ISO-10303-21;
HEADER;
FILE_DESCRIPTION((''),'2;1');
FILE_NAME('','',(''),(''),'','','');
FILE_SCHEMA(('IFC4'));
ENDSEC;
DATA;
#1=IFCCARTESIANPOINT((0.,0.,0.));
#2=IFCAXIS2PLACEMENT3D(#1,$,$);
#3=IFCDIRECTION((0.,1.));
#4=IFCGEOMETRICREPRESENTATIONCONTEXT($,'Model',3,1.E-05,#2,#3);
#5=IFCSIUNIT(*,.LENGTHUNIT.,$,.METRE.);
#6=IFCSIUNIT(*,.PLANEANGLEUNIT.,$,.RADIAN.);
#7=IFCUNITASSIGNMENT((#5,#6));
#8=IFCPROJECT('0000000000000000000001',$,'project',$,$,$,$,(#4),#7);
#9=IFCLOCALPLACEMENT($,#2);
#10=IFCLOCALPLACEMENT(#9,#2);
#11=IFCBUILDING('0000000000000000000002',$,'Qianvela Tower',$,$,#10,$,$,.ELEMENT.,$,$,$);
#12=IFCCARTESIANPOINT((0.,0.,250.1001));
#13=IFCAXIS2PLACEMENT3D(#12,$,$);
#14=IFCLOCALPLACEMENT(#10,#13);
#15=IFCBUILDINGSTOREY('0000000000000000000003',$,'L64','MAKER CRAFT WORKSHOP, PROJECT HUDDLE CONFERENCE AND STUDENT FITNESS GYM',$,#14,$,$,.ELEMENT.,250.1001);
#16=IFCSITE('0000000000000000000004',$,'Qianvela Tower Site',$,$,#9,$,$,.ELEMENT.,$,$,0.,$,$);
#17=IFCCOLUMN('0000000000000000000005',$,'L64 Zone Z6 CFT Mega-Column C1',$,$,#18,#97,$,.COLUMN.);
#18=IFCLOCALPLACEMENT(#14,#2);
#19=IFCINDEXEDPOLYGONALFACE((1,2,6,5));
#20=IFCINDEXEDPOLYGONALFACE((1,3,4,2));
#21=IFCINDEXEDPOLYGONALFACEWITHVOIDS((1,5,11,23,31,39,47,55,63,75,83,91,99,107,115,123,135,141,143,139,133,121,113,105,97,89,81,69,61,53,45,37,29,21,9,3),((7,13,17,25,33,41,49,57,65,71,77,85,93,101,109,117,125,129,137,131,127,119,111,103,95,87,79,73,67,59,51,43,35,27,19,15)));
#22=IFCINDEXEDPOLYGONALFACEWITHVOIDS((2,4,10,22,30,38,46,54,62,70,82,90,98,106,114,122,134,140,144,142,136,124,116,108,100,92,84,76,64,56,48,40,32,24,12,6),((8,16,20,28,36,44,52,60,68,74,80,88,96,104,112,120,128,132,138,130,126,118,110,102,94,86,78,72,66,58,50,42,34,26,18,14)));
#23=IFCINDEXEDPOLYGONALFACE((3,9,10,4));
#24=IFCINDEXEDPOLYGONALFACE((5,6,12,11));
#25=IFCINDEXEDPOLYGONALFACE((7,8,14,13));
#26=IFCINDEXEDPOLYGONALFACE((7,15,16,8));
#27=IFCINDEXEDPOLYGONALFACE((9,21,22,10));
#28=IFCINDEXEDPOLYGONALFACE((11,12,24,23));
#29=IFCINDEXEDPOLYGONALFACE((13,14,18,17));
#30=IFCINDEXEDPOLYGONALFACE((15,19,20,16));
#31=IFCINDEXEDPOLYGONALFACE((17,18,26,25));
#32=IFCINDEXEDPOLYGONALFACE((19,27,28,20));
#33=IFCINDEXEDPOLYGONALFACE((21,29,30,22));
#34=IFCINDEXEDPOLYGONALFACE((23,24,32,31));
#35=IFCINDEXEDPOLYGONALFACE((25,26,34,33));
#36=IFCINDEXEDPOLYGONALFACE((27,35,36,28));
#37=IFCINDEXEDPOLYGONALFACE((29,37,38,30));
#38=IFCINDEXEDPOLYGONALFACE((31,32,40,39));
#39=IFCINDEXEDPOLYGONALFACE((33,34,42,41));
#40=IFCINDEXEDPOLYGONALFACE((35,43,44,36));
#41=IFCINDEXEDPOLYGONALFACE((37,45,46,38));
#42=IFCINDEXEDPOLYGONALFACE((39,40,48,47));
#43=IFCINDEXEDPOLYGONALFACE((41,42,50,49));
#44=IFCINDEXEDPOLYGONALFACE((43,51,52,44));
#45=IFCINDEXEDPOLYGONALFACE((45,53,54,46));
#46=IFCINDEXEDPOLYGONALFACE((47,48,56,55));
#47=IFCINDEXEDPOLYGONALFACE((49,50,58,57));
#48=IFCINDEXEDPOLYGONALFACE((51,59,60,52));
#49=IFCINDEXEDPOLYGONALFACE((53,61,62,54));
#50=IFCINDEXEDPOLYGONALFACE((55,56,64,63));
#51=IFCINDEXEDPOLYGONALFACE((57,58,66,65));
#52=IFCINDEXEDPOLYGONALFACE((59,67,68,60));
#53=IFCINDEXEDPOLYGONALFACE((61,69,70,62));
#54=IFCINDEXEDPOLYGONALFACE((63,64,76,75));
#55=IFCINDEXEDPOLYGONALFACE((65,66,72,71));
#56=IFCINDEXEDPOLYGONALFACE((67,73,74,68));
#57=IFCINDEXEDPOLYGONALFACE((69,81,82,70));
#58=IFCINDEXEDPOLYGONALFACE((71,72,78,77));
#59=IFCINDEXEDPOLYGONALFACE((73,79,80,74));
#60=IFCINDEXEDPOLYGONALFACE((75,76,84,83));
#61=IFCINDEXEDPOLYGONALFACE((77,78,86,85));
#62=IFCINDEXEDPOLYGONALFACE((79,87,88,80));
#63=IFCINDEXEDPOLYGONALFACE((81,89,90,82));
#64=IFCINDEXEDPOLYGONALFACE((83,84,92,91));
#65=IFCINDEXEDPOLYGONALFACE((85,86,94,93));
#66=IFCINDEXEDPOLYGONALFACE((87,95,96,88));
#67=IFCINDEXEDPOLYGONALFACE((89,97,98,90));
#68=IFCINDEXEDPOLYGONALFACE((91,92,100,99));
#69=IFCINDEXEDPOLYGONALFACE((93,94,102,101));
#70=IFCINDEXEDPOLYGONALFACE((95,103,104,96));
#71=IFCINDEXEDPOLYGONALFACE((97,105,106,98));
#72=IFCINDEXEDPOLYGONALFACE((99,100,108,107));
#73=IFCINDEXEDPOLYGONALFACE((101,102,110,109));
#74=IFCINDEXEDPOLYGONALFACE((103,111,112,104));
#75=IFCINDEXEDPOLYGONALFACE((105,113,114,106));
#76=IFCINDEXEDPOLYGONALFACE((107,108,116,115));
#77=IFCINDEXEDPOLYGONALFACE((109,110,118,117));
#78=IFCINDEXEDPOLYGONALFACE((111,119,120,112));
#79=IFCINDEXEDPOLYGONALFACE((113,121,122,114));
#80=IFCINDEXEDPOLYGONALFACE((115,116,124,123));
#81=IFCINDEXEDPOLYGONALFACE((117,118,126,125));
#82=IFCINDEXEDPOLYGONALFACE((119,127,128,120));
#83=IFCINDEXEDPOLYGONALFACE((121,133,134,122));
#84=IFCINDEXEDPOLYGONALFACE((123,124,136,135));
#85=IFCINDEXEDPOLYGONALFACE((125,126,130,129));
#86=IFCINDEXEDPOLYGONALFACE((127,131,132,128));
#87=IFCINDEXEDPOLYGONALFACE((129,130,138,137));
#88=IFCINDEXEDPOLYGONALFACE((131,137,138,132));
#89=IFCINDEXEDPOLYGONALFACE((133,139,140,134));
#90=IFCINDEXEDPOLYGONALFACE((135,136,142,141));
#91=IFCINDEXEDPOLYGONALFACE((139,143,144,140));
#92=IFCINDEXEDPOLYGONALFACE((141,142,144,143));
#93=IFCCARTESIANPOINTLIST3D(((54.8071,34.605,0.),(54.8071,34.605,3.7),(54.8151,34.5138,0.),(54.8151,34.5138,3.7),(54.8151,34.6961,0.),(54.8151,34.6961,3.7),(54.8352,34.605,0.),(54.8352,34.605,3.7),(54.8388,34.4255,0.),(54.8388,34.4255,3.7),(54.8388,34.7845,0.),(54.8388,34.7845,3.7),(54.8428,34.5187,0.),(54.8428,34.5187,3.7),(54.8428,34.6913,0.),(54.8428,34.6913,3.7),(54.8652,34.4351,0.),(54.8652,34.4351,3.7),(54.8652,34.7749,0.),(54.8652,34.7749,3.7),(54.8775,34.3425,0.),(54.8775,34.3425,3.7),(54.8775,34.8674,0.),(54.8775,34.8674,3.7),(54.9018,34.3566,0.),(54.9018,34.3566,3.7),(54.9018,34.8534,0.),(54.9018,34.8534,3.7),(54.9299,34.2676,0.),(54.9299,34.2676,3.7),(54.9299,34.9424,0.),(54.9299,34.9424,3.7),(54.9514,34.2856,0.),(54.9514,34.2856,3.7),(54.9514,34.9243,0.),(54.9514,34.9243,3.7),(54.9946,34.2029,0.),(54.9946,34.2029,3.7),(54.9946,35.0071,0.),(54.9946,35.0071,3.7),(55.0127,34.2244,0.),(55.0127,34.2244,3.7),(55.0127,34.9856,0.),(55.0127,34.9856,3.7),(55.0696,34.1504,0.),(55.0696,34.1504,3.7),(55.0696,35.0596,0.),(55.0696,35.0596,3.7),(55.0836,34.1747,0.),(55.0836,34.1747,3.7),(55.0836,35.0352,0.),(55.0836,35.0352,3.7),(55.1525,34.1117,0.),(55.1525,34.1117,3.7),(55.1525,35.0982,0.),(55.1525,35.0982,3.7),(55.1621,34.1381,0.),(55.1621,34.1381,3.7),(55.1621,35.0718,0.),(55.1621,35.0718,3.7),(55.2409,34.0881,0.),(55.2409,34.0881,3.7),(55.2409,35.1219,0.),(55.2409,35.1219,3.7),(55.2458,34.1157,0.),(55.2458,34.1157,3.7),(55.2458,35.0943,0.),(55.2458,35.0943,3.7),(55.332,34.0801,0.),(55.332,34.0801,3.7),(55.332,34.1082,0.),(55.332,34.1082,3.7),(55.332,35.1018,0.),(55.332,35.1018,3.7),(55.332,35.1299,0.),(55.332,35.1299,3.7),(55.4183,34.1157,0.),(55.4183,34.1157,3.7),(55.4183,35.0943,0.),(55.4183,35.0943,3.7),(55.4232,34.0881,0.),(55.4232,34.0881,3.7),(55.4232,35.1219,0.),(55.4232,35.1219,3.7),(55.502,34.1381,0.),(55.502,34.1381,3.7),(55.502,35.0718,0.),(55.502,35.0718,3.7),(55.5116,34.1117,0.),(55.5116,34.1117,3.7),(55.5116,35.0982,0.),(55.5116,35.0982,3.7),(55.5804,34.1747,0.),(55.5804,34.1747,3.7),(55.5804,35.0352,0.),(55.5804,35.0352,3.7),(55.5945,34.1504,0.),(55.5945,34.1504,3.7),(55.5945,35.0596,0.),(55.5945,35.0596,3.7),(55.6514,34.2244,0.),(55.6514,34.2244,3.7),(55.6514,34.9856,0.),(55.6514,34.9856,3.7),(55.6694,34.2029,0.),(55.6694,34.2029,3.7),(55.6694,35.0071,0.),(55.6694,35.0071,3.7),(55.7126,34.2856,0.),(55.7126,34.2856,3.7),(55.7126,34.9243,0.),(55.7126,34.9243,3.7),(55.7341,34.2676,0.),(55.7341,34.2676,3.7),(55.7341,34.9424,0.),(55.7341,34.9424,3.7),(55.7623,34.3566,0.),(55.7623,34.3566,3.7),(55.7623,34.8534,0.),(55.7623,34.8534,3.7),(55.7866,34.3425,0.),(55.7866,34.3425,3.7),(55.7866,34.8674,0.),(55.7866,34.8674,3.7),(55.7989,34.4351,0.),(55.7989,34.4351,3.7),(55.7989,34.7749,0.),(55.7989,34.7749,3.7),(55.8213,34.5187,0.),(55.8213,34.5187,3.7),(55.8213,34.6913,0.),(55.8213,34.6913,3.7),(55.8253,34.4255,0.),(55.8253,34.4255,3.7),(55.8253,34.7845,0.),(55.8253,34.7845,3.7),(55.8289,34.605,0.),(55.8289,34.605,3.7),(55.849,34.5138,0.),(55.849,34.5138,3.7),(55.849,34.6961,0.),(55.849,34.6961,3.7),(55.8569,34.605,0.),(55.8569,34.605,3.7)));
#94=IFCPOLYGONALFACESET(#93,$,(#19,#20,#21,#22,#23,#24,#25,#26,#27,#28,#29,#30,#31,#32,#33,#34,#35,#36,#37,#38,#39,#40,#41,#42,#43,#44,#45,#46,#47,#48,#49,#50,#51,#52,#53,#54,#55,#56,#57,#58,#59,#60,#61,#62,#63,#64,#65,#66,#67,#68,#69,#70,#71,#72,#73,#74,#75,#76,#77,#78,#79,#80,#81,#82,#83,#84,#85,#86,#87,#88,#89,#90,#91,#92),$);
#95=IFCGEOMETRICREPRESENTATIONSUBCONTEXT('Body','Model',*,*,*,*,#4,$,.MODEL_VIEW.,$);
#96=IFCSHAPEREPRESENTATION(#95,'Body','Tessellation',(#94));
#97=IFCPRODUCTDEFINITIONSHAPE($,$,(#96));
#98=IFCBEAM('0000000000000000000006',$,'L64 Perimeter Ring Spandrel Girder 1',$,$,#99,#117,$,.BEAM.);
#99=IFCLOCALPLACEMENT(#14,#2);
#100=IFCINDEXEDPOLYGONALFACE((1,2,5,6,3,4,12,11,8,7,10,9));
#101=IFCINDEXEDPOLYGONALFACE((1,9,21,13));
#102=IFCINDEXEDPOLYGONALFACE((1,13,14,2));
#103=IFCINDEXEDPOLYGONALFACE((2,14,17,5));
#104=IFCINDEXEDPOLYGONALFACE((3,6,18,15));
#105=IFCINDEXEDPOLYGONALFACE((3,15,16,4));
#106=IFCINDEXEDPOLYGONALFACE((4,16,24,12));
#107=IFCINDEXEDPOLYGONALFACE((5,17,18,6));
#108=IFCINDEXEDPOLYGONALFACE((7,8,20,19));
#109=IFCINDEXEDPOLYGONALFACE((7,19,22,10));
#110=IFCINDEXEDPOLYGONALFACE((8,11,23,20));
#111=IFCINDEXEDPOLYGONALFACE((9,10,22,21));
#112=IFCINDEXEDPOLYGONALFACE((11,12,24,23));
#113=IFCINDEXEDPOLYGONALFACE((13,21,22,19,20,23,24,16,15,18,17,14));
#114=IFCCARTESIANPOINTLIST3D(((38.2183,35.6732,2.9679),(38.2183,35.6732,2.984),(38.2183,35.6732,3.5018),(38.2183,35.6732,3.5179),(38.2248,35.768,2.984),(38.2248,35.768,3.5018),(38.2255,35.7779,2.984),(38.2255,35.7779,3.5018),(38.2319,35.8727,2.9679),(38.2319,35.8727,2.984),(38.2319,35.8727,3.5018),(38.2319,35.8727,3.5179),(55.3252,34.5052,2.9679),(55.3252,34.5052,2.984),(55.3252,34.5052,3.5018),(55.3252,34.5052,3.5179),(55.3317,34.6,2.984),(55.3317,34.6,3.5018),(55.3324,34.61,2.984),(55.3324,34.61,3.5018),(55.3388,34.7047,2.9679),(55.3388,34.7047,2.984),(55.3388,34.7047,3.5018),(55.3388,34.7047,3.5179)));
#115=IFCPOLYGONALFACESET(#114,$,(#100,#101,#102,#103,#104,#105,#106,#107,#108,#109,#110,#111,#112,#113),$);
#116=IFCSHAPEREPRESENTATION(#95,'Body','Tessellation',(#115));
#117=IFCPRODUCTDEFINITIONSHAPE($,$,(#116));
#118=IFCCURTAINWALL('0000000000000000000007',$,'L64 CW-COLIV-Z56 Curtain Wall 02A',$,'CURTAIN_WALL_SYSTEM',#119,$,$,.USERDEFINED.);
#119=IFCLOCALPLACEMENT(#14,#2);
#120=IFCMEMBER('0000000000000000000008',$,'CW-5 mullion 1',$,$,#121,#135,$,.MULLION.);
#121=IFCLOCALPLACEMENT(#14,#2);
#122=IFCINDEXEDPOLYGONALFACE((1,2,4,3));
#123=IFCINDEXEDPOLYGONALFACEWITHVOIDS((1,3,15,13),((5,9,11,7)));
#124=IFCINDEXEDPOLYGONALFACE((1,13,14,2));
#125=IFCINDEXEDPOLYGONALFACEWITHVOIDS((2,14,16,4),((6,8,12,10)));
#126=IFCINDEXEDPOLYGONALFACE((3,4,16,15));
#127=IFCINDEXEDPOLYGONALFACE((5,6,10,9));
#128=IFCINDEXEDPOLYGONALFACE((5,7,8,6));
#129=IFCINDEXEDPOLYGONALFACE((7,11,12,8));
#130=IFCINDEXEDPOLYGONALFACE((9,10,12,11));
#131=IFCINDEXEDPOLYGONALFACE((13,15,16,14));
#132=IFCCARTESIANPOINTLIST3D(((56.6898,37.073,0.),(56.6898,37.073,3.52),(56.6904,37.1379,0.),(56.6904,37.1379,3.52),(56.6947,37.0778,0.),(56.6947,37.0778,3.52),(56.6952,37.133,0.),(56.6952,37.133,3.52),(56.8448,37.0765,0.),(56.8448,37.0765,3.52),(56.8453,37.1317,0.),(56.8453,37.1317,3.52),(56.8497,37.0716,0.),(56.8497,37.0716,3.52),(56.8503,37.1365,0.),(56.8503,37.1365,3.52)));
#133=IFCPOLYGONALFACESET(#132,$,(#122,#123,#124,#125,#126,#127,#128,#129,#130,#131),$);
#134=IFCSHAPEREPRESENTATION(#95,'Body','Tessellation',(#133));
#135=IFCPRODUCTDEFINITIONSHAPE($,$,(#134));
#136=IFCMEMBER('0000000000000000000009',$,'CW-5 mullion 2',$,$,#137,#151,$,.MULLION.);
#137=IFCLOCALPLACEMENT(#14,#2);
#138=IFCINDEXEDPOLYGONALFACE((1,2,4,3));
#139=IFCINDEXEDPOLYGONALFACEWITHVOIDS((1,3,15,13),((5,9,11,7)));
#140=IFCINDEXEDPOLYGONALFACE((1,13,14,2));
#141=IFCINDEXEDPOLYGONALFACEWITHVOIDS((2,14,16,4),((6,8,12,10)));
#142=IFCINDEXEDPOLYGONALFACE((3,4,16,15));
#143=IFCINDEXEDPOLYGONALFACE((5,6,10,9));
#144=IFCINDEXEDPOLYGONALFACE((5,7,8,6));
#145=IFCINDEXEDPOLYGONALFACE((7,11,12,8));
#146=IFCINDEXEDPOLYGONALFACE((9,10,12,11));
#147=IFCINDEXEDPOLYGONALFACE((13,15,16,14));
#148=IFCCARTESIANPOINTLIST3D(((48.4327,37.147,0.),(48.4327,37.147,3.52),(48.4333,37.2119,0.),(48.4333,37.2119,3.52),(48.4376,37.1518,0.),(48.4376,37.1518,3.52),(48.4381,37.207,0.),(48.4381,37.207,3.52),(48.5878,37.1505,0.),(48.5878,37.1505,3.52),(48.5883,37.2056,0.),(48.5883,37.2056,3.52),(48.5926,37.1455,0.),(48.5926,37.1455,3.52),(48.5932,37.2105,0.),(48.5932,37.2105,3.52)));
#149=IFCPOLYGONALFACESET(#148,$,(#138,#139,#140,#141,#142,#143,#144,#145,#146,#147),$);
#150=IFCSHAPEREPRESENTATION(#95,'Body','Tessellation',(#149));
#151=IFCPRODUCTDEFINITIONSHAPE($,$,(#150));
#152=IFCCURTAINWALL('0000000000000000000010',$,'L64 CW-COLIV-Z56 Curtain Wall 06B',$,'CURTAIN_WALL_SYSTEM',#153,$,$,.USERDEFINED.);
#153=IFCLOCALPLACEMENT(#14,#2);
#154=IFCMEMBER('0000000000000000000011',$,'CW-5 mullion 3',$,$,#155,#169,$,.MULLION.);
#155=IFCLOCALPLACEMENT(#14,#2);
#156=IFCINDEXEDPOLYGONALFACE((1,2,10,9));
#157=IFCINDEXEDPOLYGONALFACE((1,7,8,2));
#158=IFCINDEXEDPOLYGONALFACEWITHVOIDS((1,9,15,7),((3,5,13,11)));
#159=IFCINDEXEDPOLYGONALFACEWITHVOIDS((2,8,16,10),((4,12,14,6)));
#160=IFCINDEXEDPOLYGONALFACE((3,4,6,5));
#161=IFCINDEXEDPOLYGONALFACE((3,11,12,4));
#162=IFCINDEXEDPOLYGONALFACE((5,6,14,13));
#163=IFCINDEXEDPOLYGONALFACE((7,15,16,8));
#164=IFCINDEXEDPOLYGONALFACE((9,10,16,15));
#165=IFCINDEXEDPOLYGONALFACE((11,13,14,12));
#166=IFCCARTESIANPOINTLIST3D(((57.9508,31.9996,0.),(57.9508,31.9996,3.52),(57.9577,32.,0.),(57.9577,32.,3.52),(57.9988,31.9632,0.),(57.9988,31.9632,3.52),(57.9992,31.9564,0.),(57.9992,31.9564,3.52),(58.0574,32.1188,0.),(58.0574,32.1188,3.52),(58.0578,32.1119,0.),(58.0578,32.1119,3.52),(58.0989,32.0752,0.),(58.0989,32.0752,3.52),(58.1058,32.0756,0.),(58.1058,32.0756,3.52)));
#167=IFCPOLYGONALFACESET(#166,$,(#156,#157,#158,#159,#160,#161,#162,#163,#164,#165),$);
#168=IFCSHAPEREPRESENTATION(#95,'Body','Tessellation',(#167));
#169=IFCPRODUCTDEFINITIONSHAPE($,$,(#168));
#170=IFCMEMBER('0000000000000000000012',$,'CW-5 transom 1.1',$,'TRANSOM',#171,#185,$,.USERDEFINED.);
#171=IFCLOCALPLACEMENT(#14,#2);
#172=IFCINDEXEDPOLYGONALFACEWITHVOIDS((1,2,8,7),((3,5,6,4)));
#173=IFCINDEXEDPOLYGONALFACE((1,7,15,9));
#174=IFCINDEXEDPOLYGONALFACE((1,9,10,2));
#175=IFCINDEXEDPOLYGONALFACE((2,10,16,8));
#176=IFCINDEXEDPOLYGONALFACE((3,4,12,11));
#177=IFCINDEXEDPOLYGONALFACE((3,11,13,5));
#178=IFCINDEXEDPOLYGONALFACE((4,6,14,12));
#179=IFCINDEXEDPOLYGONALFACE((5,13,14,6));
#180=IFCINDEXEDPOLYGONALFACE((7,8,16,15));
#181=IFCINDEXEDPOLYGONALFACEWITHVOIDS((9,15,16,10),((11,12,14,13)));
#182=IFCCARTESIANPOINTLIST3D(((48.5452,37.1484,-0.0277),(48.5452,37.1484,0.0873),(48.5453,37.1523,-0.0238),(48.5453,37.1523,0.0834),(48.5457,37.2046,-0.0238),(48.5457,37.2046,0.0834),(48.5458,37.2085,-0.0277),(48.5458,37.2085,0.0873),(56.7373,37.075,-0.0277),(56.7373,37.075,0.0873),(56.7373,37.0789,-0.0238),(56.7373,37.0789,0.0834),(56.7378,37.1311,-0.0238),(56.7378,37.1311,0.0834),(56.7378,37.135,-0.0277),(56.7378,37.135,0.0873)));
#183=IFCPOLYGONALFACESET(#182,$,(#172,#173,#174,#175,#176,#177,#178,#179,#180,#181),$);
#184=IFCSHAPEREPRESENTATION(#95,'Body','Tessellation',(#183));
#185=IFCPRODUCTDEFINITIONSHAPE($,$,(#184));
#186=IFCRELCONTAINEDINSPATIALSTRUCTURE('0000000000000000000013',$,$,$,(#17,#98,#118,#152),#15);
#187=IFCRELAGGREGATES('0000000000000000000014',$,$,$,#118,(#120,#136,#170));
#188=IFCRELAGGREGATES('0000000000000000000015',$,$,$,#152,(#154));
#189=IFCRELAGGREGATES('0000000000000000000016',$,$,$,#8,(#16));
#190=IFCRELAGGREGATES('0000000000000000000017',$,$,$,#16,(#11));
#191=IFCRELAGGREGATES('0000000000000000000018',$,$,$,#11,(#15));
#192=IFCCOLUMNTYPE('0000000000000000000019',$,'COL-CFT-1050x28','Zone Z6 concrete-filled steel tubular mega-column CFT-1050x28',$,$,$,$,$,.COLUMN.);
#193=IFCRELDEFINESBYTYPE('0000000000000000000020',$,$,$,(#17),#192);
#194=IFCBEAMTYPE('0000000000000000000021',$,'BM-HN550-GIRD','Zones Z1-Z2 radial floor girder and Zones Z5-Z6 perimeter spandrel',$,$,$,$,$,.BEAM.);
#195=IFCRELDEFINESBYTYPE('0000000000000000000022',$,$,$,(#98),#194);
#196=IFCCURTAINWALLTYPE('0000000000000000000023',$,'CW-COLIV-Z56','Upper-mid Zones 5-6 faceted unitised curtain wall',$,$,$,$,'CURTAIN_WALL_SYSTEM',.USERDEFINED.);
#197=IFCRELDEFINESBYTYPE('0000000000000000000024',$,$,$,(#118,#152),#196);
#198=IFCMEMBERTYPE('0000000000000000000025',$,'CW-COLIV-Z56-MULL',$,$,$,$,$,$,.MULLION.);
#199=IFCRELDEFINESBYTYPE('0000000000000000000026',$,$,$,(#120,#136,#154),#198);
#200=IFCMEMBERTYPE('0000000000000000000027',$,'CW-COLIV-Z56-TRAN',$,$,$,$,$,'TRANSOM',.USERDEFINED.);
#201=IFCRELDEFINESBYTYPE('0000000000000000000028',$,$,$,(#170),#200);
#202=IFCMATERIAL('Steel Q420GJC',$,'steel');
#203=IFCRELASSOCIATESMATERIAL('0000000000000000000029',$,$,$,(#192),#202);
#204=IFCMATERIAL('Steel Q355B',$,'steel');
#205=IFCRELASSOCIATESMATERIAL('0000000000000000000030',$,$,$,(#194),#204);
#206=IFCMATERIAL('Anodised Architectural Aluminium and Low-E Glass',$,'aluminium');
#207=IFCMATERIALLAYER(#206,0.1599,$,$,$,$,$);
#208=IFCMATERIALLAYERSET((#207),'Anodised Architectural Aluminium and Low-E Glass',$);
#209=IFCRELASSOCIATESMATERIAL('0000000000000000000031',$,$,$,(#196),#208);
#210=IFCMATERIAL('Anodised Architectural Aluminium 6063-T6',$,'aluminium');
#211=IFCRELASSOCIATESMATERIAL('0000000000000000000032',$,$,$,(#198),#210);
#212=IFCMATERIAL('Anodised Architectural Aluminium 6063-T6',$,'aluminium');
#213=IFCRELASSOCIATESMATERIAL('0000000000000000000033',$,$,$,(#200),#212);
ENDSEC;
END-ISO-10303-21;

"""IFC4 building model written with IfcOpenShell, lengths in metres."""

from ifc_helpers import new_model, si_unit, direction, frame, origin, origin_2d, place, context, subcontext, project, spatial, hollow_rectangle, hollow_circle, i_section, extrude, material, layer, layer_set, material_profile, profile_set, type_object, element, aggregate, save


model = new_model("IFC4")

# Units and contexts
model_context = context("Model", 3, precision=1e-05, world=origin(), true_north=direction((0.0, 1.0)))
body_context = subcontext(model_context, "Body", "Model", "MODEL_VIEW")
ifc_project = project(units=[si_unit("LENGTHUNIT", "METRE"), si_unit("PLANEANGLEUNIT", "RADIAN")], contexts=[model_context])

# Site, building, storey
site_placement = place(None, origin())
site = spatial("IfcSite", under=ifc_project, at=site_placement, Name="Qianvela Tower Site", CompositionType="ELEMENT", RefElevation=0.0)
building_placement = place(site_placement, origin())
building = spatial("IfcBuilding", under=site, at=building_placement, Name="Qianvela Tower", CompositionType="ELEMENT")
storey_placement = place(building_placement, frame((0.0, 0.0, 250.1001)))
storey = spatial("IfcBuildingStorey", under=building, at=storey_placement, Name="L64", Description="MAKER CRAFT WORKSHOP, PROJECT HUDDLE CONFERENCE AND STUDENT FITNESS GYM", CompositionType="ELEMENT", Elevation=250.1001)

# Column
ifc_material_1 = material(Name="Steel Q420GJC", Category="steel")
ifc_material_profile_1 = material_profile(ifc_material_1, hollow_circle(Radius=0.5249, WallThickness=0.0281, at=origin_2d()), Name="CFT-1050x28")
ifc_profile_set_1 = profile_set([ifc_material_profile_1], Name="Steel Q420GJC")
column_type = type_object("IfcColumnType", Name="COL-CFT-1050x28", Description="Zone Z6 concrete-filled steel tubular mega-column CFT-1050x28", PredefinedType="COLUMN", material=ifc_profile_set_1)
column_placement = place(storey_placement, frame((55.332, 34.605, 0.0), z_axis=(0.0, 0.0, 1.0), x_axis=(1.0, 0.0, 0.0)))
element("IfcColumn", 1, at=column_placement, inside=storey, type_object=column_type, Name="L64 Zone Z6 CFT Mega-Column C1", PredefinedType="COLUMN", context=body_context, shape_type="SweptSolid", body=[
    extrude(hollow_circle(Radius=0.5249, WallThickness=0.0281, at=origin_2d()), origin(), (0.0, 0.0, 1.0), 3.7),
])

# Beam
ifc_material_2 = material(Name="Steel Q355B", Category="steel")
ifc_material_profile_2 = material_profile(ifc_material_2, i_section(OverallWidth=0.2, OverallDepth=0.55, WebThickness=0.01, FlangeThickness=0.0161, at=origin_2d()), Name="HN550x200x10x16")
ifc_profile_set_2 = profile_set([ifc_material_profile_2], Name="Steel Q355B")
beam_type = type_object("IfcBeamType", Name="BM-HN550-GIRD", Description="Zones Z1-Z2 radial floor girder and Zones Z5-Z6 perimeter spandrel", PredefinedType="BEAM", material=ifc_profile_set_2)
beam_placement = place(storey_placement, frame((55.332, 34.605, 3.2429), z_axis=(-0.997677, 0.068116, 0.0), x_axis=(-0.068116, -0.997677, 0.0)))
element("IfcBeam", 2, at=beam_placement, inside=storey, type_object=beam_type, Name="L64 Perimeter Ring Spandrel Girder 1", PredefinedType="BEAM", context=body_context, shape_type="SweptSolid", body=[
    extrude(i_section(OverallWidth=0.2, OverallDepth=0.55, WebThickness=0.01, FlangeThickness=0.0161, at=origin_2d()), origin(), (0.0, 0.0, 1.0), 17.1467),
])

# Curtain wall, members
ifc_material_3 = material(Name="Anodised Architectural Aluminium and Low-E Glass", Category="aluminium")
ifc_layer_1 = layer(ifc_material_3, 0.1599)
ifc_layer_set_1 = layer_set([ifc_layer_1], Name="Anodised Architectural Aluminium and Low-E Glass")
curtain_wall_type = type_object("IfcCurtainWallType", Name="CW-COLIV-Z56", Description="Upper-mid Zones 5-6 faceted unitised curtain wall", ElementType="CURTAIN_WALL_SYSTEM", PredefinedType="USERDEFINED", material=ifc_layer_set_1)
curtain_wall_1_placement = place(storey_placement, origin())
curtain_wall_1 = element("IfcCurtainWall", 3, at=curtain_wall_1_placement, inside=storey, type_object=curtain_wall_type, Name="L64 CW-COLIV-Z56 Curtain Wall 02A", ObjectType="CURTAIN_WALL_SYSTEM", PredefinedType="USERDEFINED")
ifc_material_4 = material(Name="Anodised Architectural Aluminium 6063-T6", Category="aluminium")
ifc_material_profile_3 = material_profile(ifc_material_4, hollow_rectangle(XDim=0.0649, YDim=0.1599, WallThickness=0.0049, at=origin_2d()), Name="ALU-MULL-65x160")
ifc_profile_set_3 = profile_set([ifc_material_profile_3], Name="Anodised Architectural Aluminium 6063-T6")
member_type_1 = type_object("IfcMemberType", Name="CW-COLIV-Z56-MULL", PredefinedType="MULLION", material=ifc_profile_set_3)
member_1_placement = place(storey_placement, frame((56.77, 37.1047, 0.0), z_axis=(0.0, 0.0, 1.0), x_axis=(-0.008957, -0.99996, 0.0)))
member_1 = element("IfcMember", 4, at=member_1_placement, type_object=member_type_1, Name="CW-5 mullion 1", PredefinedType="MULLION", context=body_context, shape_type="SweptSolid", body=[
    extrude(hollow_rectangle(XDim=0.0649, YDim=0.1599, WallThickness=0.0049, at=origin_2d()), origin(), (0.0, 0.0, 1.0), 3.52),
])
member_2_placement = place(storey_placement, frame((48.5129, 37.1787, 0.0), z_axis=(0.0, 0.0, 1.0), x_axis=(-0.008957, -0.99996, 0.0)))
member_2 = element("IfcMember", 5, at=member_2_placement, type_object=member_type_1, Name="CW-5 mullion 2", PredefinedType="MULLION", context=body_context, shape_type="SweptSolid", body=[
    extrude(hollow_rectangle(XDim=0.0649, YDim=0.1599, WallThickness=0.0049, at=origin_2d()), origin(), (0.0, 0.0, 1.0), 3.52),
])

# Curtain wall, member
curtain_wall_2_placement = place(storey_placement, origin())
curtain_wall_2 = element("IfcCurtainWall", 6, at=curtain_wall_2_placement, inside=storey, type_object=curtain_wall_type, Name="L64 CW-COLIV-Z56 Curtain Wall 06B", ObjectType="CURTAIN_WALL_SYSTEM", PredefinedType="USERDEFINED")
member_3_placement = place(storey_placement, frame((58.0283, 32.0376, 0.0), z_axis=(0.0, 0.0, 1.0), x_axis=(-0.745394, 0.666625, 0.0)))
member_3 = element("IfcMember", 7, at=member_3_placement, type_object=member_type_1, Name="CW-5 mullion 3", PredefinedType="MULLION", context=body_context, shape_type="SweptSolid", body=[
    extrude(hollow_rectangle(XDim=0.0649, YDim=0.1599, WallThickness=0.0049, at=origin_2d()), origin(), (0.0, 0.0, 1.0), 3.52),
])

# Member
ifc_material_5 = material(Name="Anodised Architectural Aluminium 6063-T6", Category="aluminium")
ifc_material_profile_4 = material_profile(ifc_material_5, hollow_rectangle(XDim=0.0601, YDim=0.115, WallThickness=0.0039, at=origin_2d()), Name="ALU-TRAN-60x115")
ifc_profile_set_4 = profile_set([ifc_material_profile_4], Name="Anodised Architectural Aluminium 6063-T6")
member_type_2 = type_object("IfcMemberType", Name="CW-COLIV-Z56-TRAN", ElementType="TRANSOM", PredefinedType="USERDEFINED", material=ifc_profile_set_4)
member_4_placement = place(storey_placement, frame((56.7375, 37.105, 0.0298), z_axis=(-0.99996, 0.00897, 0.0), x_axis=(-0.00897, -0.99996, 0.0)))
member_4 = element("IfcMember", 8, at=member_4_placement, type_object=member_type_2, Name="CW-5 transom 1.1", ObjectType="TRANSOM", PredefinedType="USERDEFINED", context=body_context, shape_type="SweptSolid", body=[
    extrude(hollow_rectangle(XDim=0.0601, YDim=0.115, WallThickness=0.0039, at=origin_2d()), origin(), (0.0, 0.0, 1.0), 8.1924),
])

aggregate(curtain_wall_1, [member_1, member_2, member_4])
aggregate(curtain_wall_2, [member_3])

save(model, "model.ifc")
